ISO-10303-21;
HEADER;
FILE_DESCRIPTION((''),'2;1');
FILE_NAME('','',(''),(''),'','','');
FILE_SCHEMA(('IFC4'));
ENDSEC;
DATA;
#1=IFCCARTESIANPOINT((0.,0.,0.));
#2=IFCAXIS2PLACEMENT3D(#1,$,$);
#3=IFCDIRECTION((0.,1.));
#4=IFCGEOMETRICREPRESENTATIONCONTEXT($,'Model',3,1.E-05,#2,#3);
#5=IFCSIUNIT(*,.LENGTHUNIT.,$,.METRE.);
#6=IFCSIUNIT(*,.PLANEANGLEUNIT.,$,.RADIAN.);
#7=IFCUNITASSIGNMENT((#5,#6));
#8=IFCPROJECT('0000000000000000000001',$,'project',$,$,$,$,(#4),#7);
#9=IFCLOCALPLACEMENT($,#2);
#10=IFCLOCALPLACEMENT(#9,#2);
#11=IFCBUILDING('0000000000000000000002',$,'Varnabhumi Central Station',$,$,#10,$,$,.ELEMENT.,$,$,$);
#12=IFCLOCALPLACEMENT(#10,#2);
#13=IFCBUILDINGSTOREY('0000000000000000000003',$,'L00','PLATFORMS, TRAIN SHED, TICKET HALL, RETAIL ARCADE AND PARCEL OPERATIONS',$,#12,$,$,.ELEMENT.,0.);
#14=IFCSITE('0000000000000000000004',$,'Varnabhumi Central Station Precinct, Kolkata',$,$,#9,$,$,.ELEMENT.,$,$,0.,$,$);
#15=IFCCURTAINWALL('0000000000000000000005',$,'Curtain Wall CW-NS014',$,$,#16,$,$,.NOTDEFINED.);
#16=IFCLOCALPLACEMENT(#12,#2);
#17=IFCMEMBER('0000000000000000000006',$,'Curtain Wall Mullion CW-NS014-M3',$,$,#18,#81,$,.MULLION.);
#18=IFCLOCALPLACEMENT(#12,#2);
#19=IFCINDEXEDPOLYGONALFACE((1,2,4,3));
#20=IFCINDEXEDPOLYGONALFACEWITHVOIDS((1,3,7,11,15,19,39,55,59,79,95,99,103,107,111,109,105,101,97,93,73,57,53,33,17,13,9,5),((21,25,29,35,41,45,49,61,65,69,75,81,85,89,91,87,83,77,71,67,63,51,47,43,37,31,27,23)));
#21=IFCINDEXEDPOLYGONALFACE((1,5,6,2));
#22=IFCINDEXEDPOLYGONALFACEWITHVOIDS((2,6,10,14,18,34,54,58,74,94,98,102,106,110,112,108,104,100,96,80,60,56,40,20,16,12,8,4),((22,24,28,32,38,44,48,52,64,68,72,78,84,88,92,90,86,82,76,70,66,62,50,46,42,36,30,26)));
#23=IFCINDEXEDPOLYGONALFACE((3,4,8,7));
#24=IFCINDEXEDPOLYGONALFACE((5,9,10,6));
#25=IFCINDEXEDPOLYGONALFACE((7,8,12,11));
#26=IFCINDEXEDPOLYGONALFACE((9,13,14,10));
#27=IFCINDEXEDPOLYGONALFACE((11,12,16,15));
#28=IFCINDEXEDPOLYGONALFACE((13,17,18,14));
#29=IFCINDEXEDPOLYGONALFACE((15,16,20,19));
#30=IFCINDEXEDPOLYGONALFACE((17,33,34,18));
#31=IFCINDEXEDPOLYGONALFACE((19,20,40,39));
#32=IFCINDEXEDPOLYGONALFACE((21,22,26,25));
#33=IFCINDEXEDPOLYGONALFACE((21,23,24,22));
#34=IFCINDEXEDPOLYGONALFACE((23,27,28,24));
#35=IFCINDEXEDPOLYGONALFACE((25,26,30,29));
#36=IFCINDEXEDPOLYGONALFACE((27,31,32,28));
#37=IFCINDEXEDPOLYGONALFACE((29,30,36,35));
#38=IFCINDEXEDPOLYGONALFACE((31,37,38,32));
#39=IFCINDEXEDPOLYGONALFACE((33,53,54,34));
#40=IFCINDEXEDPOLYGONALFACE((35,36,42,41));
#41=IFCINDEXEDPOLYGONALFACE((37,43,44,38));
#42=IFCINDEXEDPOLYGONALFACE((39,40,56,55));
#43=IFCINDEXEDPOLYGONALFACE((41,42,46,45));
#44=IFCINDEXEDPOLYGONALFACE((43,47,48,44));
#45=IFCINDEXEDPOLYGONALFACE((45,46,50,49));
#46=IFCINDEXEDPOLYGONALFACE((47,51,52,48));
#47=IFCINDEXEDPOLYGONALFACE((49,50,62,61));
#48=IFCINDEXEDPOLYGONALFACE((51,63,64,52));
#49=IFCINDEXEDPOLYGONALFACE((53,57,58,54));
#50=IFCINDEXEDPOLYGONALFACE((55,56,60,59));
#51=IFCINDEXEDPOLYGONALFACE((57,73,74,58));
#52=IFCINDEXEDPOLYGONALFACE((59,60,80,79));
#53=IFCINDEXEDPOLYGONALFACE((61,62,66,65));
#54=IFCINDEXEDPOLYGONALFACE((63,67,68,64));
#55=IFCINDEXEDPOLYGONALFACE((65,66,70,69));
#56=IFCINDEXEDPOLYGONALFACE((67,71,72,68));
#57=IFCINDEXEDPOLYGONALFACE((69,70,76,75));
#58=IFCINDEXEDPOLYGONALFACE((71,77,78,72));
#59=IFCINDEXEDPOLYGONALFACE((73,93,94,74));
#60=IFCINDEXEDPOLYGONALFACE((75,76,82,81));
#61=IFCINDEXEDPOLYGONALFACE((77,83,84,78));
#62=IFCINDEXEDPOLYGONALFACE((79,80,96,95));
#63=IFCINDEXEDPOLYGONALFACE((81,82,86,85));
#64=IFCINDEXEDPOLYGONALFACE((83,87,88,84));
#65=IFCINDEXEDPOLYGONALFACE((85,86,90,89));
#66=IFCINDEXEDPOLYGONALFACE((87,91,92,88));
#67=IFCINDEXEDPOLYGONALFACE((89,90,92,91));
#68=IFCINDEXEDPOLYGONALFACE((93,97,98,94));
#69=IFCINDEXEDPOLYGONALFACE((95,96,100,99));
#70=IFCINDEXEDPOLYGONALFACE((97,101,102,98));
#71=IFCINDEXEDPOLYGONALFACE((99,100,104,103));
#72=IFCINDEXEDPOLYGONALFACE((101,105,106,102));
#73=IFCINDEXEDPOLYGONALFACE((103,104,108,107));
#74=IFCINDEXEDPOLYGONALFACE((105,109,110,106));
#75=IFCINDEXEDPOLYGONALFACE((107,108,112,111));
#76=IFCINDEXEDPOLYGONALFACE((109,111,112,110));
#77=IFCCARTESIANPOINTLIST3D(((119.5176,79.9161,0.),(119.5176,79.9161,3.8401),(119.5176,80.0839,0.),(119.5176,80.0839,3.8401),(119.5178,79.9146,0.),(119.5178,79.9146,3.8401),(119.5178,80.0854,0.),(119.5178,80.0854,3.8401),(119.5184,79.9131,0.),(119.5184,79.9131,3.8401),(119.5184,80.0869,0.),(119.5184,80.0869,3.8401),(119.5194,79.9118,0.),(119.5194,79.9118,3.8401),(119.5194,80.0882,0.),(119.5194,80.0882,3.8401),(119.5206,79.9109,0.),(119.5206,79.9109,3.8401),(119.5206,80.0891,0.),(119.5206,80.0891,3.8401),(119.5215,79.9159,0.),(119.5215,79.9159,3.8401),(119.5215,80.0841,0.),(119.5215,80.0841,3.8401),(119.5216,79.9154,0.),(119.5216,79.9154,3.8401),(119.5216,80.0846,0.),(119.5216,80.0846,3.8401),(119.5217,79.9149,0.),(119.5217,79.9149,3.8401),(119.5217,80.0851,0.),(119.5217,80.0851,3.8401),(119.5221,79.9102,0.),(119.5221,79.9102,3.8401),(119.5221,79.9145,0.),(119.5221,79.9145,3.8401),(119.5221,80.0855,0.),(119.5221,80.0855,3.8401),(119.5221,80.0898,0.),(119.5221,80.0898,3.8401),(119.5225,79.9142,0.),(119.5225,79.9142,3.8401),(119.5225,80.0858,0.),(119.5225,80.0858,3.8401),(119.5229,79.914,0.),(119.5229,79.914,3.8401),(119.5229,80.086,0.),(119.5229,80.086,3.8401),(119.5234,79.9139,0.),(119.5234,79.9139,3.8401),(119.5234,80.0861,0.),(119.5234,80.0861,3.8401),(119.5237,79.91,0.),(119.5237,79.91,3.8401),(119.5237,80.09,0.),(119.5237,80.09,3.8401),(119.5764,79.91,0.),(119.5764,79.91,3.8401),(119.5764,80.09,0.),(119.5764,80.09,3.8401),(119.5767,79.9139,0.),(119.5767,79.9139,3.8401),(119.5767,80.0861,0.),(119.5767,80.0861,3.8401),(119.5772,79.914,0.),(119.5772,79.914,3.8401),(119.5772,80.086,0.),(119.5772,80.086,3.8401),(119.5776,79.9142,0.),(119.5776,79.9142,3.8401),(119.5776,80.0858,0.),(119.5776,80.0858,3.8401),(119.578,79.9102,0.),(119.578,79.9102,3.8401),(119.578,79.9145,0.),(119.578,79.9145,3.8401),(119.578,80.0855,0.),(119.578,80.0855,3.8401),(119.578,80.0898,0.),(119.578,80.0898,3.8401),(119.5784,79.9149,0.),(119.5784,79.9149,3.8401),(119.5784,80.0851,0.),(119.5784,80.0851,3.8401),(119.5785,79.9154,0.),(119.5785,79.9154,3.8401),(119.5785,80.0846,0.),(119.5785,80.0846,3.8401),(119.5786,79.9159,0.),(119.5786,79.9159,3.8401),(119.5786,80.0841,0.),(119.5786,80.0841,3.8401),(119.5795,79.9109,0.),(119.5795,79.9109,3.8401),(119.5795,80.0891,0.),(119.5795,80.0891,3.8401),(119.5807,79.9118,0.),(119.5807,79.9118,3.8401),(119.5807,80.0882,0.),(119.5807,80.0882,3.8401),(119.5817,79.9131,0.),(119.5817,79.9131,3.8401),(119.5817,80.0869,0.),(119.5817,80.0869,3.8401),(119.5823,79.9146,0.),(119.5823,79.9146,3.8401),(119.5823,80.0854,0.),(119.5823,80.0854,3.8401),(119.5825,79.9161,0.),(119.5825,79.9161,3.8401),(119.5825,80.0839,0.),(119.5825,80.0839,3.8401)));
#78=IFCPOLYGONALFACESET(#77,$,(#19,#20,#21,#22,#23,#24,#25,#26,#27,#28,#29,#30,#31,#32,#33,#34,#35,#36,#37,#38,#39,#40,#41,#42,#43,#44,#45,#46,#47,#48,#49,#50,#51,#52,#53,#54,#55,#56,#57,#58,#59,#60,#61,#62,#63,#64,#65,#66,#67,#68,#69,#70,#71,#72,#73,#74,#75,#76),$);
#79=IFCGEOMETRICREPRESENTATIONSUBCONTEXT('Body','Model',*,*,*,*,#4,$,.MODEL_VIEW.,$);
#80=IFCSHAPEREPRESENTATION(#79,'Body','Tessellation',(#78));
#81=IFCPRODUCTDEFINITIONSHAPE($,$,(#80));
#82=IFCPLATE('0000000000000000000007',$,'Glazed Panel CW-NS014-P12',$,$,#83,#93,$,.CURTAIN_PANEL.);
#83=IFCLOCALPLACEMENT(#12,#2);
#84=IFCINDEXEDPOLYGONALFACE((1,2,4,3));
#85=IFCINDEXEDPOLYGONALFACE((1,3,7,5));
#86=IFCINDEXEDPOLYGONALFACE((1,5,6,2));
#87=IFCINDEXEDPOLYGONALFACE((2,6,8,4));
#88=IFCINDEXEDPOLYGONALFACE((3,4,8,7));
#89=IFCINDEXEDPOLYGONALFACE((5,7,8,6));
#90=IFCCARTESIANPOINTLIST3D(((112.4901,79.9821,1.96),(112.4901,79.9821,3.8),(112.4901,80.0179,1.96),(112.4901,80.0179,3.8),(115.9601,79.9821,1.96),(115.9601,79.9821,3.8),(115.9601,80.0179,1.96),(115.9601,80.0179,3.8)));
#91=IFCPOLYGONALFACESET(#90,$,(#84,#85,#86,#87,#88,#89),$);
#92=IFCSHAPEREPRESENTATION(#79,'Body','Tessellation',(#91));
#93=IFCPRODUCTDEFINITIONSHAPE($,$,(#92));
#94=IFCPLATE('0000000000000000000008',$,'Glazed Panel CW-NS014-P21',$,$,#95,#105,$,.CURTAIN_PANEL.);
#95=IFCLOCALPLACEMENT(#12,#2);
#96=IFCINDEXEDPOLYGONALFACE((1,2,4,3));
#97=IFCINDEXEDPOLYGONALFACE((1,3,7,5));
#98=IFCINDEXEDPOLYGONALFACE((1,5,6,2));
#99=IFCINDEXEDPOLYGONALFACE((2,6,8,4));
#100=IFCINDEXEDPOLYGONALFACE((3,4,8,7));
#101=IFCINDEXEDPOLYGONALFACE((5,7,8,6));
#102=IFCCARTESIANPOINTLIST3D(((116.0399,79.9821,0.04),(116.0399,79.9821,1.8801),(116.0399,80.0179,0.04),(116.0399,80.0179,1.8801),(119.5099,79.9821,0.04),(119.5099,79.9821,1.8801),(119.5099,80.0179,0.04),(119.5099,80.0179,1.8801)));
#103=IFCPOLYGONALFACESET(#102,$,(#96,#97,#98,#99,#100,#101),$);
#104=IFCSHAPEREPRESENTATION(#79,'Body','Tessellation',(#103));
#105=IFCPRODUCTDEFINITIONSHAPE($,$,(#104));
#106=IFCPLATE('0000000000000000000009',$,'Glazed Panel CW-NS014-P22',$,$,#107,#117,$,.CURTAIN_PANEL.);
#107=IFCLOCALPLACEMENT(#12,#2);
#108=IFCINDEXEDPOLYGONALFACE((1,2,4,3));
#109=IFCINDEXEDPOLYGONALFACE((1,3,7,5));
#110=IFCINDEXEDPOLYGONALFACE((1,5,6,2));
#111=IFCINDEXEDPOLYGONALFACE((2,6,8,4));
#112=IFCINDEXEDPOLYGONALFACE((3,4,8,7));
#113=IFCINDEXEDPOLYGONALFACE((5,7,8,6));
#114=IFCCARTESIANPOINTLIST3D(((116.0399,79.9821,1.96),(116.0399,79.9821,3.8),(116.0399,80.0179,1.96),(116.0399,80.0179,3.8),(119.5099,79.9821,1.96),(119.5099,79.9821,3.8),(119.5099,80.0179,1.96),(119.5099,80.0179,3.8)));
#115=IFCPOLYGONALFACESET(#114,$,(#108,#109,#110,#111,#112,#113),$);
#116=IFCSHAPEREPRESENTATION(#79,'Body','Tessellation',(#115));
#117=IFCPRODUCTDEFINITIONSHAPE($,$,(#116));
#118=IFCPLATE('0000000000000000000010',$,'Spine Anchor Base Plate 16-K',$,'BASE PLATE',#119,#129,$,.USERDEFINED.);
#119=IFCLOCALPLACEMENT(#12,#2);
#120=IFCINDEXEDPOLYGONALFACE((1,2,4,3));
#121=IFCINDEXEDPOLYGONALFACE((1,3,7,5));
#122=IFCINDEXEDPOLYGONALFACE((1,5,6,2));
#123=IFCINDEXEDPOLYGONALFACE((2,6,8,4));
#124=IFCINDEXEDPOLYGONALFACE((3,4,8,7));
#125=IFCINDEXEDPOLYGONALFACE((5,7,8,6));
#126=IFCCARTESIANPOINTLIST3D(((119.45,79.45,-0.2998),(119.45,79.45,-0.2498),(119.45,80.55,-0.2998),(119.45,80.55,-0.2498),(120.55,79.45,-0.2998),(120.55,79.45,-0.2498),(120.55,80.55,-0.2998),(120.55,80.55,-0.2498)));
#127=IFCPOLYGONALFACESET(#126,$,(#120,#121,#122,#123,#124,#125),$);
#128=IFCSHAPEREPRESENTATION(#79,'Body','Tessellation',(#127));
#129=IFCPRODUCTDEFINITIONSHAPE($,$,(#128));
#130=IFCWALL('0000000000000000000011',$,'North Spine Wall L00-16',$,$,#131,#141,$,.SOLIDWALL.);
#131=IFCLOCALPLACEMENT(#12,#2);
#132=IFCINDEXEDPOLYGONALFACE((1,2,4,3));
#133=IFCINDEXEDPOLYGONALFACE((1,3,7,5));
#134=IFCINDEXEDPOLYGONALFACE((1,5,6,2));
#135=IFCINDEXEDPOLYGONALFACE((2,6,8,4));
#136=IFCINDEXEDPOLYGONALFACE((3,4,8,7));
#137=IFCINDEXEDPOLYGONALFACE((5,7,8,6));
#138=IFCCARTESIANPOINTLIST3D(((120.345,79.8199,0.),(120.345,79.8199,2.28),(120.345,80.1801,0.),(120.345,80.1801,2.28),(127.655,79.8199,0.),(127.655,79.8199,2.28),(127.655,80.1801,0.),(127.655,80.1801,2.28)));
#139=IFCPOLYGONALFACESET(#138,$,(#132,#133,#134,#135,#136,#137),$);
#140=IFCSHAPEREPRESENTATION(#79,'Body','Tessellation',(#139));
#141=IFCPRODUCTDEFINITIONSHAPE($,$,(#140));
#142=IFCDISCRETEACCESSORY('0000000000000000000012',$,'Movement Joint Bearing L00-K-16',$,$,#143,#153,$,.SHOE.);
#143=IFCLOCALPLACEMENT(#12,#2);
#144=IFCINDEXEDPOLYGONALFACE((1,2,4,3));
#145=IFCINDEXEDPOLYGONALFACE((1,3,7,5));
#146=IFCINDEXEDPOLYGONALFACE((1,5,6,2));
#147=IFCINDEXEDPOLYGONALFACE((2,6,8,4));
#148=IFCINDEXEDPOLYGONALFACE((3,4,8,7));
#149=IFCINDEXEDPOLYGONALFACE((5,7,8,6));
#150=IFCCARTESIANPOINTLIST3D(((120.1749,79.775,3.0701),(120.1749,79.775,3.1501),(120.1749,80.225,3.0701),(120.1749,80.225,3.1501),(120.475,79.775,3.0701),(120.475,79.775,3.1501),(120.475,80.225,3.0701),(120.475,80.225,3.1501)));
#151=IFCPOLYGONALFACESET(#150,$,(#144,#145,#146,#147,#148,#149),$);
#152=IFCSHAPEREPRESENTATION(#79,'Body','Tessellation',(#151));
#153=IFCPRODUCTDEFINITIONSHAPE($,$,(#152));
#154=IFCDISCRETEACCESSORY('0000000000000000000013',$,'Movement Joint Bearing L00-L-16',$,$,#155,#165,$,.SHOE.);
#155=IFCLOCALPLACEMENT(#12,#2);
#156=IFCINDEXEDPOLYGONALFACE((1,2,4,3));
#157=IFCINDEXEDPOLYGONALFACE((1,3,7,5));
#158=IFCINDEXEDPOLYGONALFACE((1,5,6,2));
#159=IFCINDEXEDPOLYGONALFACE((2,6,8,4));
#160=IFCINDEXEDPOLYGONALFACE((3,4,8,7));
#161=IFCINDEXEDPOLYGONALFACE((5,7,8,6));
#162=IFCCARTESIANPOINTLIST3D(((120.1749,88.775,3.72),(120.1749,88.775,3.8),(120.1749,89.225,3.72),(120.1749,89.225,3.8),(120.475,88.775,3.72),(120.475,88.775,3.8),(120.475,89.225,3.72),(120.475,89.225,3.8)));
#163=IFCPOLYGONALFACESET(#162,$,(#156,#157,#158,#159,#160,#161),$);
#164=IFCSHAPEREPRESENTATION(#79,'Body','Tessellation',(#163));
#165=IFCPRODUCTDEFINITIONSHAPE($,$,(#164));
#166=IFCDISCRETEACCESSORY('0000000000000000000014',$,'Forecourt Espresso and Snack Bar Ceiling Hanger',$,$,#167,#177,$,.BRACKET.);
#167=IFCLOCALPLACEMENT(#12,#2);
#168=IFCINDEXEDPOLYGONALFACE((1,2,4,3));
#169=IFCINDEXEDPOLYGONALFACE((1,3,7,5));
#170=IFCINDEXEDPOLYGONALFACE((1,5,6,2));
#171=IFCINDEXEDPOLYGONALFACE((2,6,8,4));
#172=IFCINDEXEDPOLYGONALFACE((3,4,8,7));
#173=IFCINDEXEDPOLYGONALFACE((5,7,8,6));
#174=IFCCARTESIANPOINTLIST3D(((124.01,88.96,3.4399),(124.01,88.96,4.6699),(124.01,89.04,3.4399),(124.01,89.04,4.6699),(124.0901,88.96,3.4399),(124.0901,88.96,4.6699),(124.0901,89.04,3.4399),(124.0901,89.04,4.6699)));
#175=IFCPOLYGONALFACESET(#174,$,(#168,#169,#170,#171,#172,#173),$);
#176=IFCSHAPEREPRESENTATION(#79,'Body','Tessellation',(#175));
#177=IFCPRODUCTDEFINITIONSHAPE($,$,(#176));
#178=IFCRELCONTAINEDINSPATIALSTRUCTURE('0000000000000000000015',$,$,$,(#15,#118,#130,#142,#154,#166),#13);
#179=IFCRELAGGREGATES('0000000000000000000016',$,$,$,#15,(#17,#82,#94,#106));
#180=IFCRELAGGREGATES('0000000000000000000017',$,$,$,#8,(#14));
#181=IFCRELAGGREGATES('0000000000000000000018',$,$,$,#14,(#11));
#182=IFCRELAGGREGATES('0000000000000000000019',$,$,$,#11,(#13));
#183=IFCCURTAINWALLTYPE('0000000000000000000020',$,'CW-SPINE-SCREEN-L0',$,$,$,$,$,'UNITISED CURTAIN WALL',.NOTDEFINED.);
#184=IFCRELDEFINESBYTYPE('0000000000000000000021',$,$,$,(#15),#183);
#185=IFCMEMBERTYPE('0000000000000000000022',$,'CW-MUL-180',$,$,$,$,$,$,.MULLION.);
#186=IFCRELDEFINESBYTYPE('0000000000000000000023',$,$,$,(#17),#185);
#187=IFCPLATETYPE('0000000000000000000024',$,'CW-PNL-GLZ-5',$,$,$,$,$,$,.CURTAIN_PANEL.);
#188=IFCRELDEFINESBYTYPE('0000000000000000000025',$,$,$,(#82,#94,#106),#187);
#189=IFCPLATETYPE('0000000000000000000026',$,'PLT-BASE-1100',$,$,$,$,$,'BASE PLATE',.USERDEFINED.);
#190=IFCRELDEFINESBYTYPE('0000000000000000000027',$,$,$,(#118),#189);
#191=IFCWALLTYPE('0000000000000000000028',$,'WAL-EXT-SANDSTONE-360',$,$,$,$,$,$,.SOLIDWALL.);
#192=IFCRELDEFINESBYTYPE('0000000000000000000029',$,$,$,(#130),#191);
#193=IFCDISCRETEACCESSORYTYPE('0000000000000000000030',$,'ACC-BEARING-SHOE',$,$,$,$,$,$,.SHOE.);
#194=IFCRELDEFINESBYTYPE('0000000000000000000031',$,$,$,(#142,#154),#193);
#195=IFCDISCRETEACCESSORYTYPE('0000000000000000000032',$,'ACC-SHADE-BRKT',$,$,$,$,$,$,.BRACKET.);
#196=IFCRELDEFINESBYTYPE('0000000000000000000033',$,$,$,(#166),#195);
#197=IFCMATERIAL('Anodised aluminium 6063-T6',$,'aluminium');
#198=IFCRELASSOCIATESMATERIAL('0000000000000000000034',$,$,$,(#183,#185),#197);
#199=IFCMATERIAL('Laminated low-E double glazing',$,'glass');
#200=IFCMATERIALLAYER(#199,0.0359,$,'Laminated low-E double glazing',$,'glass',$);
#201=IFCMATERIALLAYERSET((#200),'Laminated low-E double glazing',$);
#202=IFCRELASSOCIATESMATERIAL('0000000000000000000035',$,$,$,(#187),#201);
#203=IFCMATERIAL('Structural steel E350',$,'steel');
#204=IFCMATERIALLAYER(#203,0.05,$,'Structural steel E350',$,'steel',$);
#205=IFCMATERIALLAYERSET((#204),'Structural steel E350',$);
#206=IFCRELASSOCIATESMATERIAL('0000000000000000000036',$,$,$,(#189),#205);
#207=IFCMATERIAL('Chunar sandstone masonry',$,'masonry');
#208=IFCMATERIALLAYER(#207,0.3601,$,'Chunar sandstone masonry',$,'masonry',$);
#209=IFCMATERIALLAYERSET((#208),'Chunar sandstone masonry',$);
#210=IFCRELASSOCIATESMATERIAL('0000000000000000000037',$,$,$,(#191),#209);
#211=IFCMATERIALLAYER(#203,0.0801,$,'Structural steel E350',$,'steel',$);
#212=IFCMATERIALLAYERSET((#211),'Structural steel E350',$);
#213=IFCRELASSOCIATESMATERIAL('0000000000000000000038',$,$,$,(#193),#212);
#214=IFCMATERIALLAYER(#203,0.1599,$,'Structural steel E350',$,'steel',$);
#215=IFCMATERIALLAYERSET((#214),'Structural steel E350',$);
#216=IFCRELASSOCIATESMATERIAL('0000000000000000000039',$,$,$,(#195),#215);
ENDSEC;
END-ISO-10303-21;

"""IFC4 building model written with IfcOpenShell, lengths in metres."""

from ifc_helpers import new_model, si_unit, direction, frame, frame_2d, origin, origin_2d, place, context, subcontext, project, spatial, rectangle, hollow_rectangle, extrude, material, layer, layer_set, material_profile, profile_set, type_object, element, aggregate, save


model = new_model("IFC4")

# Units and contexts
model_context = context("Model", 3, precision=1e-05, world=origin(), true_north=direction((0.0, 1.0)))
body_context = subcontext(model_context, "Body", "Model", "MODEL_VIEW")
ifc_project = project(units=[si_unit("LENGTHUNIT", "METRE"), si_unit("PLANEANGLEUNIT", "RADIAN")], contexts=[model_context])

# Site, building, storey
site_placement = place(None, origin())
site = spatial("IfcSite", under=ifc_project, at=site_placement, Name="Varnabhumi Central Station Precinct, Kolkata", CompositionType="ELEMENT", RefElevation=0.0)
building_placement = place(site_placement, origin())
building = spatial("IfcBuilding", under=site, at=building_placement, Name="Varnabhumi Central Station", CompositionType="ELEMENT")
storey_placement = place(building_placement, origin())
storey = spatial("IfcBuildingStorey", under=building, at=storey_placement, Name="L00", Description="PLATFORMS, TRAIN SHED, TICKET HALL, RETAIL ARCADE AND PARCEL OPERATIONS", CompositionType="ELEMENT", Elevation=0.0)

# Shared definitions
ifc_material_1 = material(Name="Structural steel E350", Category="steel")

# Curtain wall, member, plates
ifc_material_2 = material(Name="Anodised aluminium 6063-T6", Category="aluminium")
curtain_wall_type = type_object("IfcCurtainWallType", Name="CW-SPINE-SCREEN-L0", ElementType="UNITISED CURTAIN WALL", PredefinedType="NOTDEFINED", material=ifc_material_2)
curtain_wall_placement = place(storey_placement, origin())
curtain_wall = element("IfcCurtainWall", 1, at=curtain_wall_placement, inside=storey, type_object=curtain_wall_type, Name="Curtain Wall CW-NS014", PredefinedType="NOTDEFINED")
ifc_material_profile_1 = material_profile(ifc_material_2, hollow_rectangle(XDim=0.0649, YDim=0.1799, WallThickness=0.0039, InnerFilletRadius=0.002, OuterFilletRadius=0.0061, at=origin_2d()), Name="Anodised aluminium 6063-T6", Category="aluminium")
ifc_profile_set_1 = profile_set([ifc_material_profile_1], Name="Anodised aluminium 6063-T6")
member_type = type_object("IfcMemberType", Name="CW-MUL-180", PredefinedType="MULLION", material=ifc_profile_set_1)
member_1_placement = place(storey_placement, frame((119.55, 80.0, 0.0), z_axis=(0.0, 0.0, 1.0), x_axis=(1.0, 0.0, 0.0)))
member_1 = element("IfcMember", 2, at=member_1_placement, type_object=member_type, Name="Curtain Wall Mullion CW-NS014-M3", PredefinedType="MULLION", context=body_context, shape_type="SweptSolid", body=[
    extrude(hollow_rectangle(XDim=0.0649, YDim=0.1799, WallThickness=0.0039, InnerFilletRadius=0.002, OuterFilletRadius=0.0061, at=origin_2d()), origin(), (0.0, 0.0, 1.0), 3.8401),
])
ifc_material_3 = material(Name="Laminated low-E double glazing", Category="glass")
ifc_layer_1 = layer(ifc_material_3, 0.0359, Name="Laminated low-E double glazing", Category="glass")
ifc_layer_set_1 = layer_set([ifc_layer_1], Name="Laminated low-E double glazing")
plate_type_1 = type_object("IfcPlateType", Name="CW-PNL-GLZ-5", PredefinedType="CURTAIN_PANEL", material=ifc_layer_set_1)
plate_1_placement = place(storey_placement, frame((114.2251, 80.0, 1.96), z_axis=(0.0, 0.0, 1.0), x_axis=(1.0, 0.0, 0.0)))
plate_1 = element("IfcPlate", 3, at=plate_1_placement, type_object=plate_type_1, Name="Glazed Panel CW-NS014-P12", PredefinedType="CURTAIN_PANEL", context=body_context, shape_type="SweptSolid", body=[
    extrude(rectangle(XDim=3.47, YDim=0.0359, at=origin_2d()), origin(), (0.0, 0.0, 1.0), 1.8401),
])
plate_2_placement = place(storey_placement, frame((117.7749, 80.0, 0.04), z_axis=(0.0, 0.0, 1.0), x_axis=(1.0, 0.0, 0.0)))
plate_2 = element("IfcPlate", 4, at=plate_2_placement, type_object=plate_type_1, Name="Glazed Panel CW-NS014-P21", PredefinedType="CURTAIN_PANEL", context=body_context, shape_type="SweptSolid", body=[
    extrude(rectangle(XDim=3.47, YDim=0.0359, at=origin_2d()), origin(), (0.0, 0.0, 1.0), 1.8401),
])
plate_3_placement = place(storey_placement, frame((117.7749, 80.0, 1.96), z_axis=(0.0, 0.0, 1.0), x_axis=(1.0, 0.0, 0.0)))
plate_3 = element("IfcPlate", 5, at=plate_3_placement, type_object=plate_type_1, Name="Glazed Panel CW-NS014-P22", PredefinedType="CURTAIN_PANEL", context=body_context, shape_type="SweptSolid", body=[
    extrude(rectangle(XDim=3.47, YDim=0.0359, at=origin_2d()), origin(), (0.0, 0.0, 1.0), 1.8401),
])
aggregate(curtain_wall, [member_1, plate_1, plate_2, plate_3])

# Plate
ifc_layer_2 = layer(ifc_material_1, 0.05, Name="Structural steel E350", Category="steel")
ifc_layer_set_2 = layer_set([ifc_layer_2], Name="Structural steel E350")
plate_type_2 = type_object("IfcPlateType", Name="PLT-BASE-1100", ElementType="BASE PLATE", PredefinedType="USERDEFINED", material=ifc_layer_set_2)
plate_4_placement = place(storey_placement, frame((120.0, 80.0, -0.2998), z_axis=(0.0, 0.0, 1.0), x_axis=(1.0, 0.0, 0.0)))
element("IfcPlate", 6, at=plate_4_placement, inside=storey, type_object=plate_type_2, Name="Spine Anchor Base Plate 16-K", ObjectType="BASE PLATE", PredefinedType="USERDEFINED", context=body_context, shape_type="SweptSolid", body=[
    extrude(rectangle(XDim=1.1001, YDim=1.1001, at=origin_2d()), origin(), (0.0, 0.0, 1.0), 0.05),
])

# Wall
ifc_material_4 = material(Name="Chunar sandstone masonry", Category="masonry")
ifc_layer_3 = layer(ifc_material_4, 0.3601, Name="Chunar sandstone masonry", Category="masonry")
ifc_layer_set_3 = layer_set([ifc_layer_3], Name="Chunar sandstone masonry")
wall_type = type_object("IfcWallType", Name="WAL-EXT-SANDSTONE-360", PredefinedType="SOLIDWALL", material=ifc_layer_set_3)
wall_placement = place(storey_placement, frame((120.345, 80.0, 0.0), z_axis=(0.0, 0.0, 1.0), x_axis=(1.0, 0.0, 0.0)))
element("IfcWall", 7, at=wall_placement, inside=storey, type_object=wall_type, Name="North Spine Wall L00-16", PredefinedType="SOLIDWALL", context=body_context, shape_type="SweptSolid", body=[
    extrude(rectangle(XDim=7.3101, YDim=0.3601, at=frame_2d((3.655, 0.0))), origin(), (0.0, 0.0, 1.0), 2.28),
])

# Discrete accessories
ifc_layer_4 = layer(ifc_material_1, 0.0801, Name="Structural steel E350", Category="steel")
ifc_layer_set_4 = layer_set([ifc_layer_4], Name="Structural steel E350")
discrete_accessory_type_1 = type_object("IfcDiscreteAccessoryType", Name="ACC-BEARING-SHOE", PredefinedType="SHOE", material=ifc_layer_set_4)
for number, where, z_axis, x_axis, name in (
    (8, (120.325, 80.0, 3.0701), (0.0, 0.0, 1.0), (1.0, 0.0, 0.0), "Movement Joint Bearing L00-K-16"),
    (9, (120.325, 89.0, 3.72), (0.0, 0.0, 1.0), (1.0, 0.0, 0.0), "Movement Joint Bearing L00-L-16"),
):
    element("IfcDiscreteAccessory", number, at=place(storey_placement, frame(where, z_axis=z_axis, x_axis=x_axis)), inside=storey, type_object=discrete_accessory_type_1, Name=name, PredefinedType="SHOE", context=body_context, shape_type="SweptSolid", body=[
        extrude(rectangle(XDim=0.3, YDim=0.45, at=origin_2d()), origin(), (0.0, 0.0, 1.0), 0.0801),
    ])
ifc_layer_5 = layer(ifc_material_1, 0.1599, Name="Structural steel E350", Category="steel")
ifc_layer_set_5 = layer_set([ifc_layer_5], Name="Structural steel E350")
discrete_accessory_type_2 = type_object("IfcDiscreteAccessoryType", Name="ACC-SHADE-BRKT", PredefinedType="BRACKET", material=ifc_layer_set_5)
discrete_accessory_placement = place(storey_placement, frame((124.05, 89.0, 3.4399), z_axis=(0.0, 0.0, 1.0), x_axis=(1.0, 0.0, 0.0)))
element("IfcDiscreteAccessory", 10, at=discrete_accessory_placement, inside=storey, type_object=discrete_accessory_type_2, Name="Forecourt Espresso and Snack Bar Ceiling Hanger", PredefinedType="BRACKET", context=body_context, shape_type="SweptSolid", body=[
    extrude(rectangle(XDim=0.0801, YDim=0.0801, at=origin_2d()), origin(), (0.0, 0.0, 1.0), 1.23),
])

save(model, "model.ifc")
